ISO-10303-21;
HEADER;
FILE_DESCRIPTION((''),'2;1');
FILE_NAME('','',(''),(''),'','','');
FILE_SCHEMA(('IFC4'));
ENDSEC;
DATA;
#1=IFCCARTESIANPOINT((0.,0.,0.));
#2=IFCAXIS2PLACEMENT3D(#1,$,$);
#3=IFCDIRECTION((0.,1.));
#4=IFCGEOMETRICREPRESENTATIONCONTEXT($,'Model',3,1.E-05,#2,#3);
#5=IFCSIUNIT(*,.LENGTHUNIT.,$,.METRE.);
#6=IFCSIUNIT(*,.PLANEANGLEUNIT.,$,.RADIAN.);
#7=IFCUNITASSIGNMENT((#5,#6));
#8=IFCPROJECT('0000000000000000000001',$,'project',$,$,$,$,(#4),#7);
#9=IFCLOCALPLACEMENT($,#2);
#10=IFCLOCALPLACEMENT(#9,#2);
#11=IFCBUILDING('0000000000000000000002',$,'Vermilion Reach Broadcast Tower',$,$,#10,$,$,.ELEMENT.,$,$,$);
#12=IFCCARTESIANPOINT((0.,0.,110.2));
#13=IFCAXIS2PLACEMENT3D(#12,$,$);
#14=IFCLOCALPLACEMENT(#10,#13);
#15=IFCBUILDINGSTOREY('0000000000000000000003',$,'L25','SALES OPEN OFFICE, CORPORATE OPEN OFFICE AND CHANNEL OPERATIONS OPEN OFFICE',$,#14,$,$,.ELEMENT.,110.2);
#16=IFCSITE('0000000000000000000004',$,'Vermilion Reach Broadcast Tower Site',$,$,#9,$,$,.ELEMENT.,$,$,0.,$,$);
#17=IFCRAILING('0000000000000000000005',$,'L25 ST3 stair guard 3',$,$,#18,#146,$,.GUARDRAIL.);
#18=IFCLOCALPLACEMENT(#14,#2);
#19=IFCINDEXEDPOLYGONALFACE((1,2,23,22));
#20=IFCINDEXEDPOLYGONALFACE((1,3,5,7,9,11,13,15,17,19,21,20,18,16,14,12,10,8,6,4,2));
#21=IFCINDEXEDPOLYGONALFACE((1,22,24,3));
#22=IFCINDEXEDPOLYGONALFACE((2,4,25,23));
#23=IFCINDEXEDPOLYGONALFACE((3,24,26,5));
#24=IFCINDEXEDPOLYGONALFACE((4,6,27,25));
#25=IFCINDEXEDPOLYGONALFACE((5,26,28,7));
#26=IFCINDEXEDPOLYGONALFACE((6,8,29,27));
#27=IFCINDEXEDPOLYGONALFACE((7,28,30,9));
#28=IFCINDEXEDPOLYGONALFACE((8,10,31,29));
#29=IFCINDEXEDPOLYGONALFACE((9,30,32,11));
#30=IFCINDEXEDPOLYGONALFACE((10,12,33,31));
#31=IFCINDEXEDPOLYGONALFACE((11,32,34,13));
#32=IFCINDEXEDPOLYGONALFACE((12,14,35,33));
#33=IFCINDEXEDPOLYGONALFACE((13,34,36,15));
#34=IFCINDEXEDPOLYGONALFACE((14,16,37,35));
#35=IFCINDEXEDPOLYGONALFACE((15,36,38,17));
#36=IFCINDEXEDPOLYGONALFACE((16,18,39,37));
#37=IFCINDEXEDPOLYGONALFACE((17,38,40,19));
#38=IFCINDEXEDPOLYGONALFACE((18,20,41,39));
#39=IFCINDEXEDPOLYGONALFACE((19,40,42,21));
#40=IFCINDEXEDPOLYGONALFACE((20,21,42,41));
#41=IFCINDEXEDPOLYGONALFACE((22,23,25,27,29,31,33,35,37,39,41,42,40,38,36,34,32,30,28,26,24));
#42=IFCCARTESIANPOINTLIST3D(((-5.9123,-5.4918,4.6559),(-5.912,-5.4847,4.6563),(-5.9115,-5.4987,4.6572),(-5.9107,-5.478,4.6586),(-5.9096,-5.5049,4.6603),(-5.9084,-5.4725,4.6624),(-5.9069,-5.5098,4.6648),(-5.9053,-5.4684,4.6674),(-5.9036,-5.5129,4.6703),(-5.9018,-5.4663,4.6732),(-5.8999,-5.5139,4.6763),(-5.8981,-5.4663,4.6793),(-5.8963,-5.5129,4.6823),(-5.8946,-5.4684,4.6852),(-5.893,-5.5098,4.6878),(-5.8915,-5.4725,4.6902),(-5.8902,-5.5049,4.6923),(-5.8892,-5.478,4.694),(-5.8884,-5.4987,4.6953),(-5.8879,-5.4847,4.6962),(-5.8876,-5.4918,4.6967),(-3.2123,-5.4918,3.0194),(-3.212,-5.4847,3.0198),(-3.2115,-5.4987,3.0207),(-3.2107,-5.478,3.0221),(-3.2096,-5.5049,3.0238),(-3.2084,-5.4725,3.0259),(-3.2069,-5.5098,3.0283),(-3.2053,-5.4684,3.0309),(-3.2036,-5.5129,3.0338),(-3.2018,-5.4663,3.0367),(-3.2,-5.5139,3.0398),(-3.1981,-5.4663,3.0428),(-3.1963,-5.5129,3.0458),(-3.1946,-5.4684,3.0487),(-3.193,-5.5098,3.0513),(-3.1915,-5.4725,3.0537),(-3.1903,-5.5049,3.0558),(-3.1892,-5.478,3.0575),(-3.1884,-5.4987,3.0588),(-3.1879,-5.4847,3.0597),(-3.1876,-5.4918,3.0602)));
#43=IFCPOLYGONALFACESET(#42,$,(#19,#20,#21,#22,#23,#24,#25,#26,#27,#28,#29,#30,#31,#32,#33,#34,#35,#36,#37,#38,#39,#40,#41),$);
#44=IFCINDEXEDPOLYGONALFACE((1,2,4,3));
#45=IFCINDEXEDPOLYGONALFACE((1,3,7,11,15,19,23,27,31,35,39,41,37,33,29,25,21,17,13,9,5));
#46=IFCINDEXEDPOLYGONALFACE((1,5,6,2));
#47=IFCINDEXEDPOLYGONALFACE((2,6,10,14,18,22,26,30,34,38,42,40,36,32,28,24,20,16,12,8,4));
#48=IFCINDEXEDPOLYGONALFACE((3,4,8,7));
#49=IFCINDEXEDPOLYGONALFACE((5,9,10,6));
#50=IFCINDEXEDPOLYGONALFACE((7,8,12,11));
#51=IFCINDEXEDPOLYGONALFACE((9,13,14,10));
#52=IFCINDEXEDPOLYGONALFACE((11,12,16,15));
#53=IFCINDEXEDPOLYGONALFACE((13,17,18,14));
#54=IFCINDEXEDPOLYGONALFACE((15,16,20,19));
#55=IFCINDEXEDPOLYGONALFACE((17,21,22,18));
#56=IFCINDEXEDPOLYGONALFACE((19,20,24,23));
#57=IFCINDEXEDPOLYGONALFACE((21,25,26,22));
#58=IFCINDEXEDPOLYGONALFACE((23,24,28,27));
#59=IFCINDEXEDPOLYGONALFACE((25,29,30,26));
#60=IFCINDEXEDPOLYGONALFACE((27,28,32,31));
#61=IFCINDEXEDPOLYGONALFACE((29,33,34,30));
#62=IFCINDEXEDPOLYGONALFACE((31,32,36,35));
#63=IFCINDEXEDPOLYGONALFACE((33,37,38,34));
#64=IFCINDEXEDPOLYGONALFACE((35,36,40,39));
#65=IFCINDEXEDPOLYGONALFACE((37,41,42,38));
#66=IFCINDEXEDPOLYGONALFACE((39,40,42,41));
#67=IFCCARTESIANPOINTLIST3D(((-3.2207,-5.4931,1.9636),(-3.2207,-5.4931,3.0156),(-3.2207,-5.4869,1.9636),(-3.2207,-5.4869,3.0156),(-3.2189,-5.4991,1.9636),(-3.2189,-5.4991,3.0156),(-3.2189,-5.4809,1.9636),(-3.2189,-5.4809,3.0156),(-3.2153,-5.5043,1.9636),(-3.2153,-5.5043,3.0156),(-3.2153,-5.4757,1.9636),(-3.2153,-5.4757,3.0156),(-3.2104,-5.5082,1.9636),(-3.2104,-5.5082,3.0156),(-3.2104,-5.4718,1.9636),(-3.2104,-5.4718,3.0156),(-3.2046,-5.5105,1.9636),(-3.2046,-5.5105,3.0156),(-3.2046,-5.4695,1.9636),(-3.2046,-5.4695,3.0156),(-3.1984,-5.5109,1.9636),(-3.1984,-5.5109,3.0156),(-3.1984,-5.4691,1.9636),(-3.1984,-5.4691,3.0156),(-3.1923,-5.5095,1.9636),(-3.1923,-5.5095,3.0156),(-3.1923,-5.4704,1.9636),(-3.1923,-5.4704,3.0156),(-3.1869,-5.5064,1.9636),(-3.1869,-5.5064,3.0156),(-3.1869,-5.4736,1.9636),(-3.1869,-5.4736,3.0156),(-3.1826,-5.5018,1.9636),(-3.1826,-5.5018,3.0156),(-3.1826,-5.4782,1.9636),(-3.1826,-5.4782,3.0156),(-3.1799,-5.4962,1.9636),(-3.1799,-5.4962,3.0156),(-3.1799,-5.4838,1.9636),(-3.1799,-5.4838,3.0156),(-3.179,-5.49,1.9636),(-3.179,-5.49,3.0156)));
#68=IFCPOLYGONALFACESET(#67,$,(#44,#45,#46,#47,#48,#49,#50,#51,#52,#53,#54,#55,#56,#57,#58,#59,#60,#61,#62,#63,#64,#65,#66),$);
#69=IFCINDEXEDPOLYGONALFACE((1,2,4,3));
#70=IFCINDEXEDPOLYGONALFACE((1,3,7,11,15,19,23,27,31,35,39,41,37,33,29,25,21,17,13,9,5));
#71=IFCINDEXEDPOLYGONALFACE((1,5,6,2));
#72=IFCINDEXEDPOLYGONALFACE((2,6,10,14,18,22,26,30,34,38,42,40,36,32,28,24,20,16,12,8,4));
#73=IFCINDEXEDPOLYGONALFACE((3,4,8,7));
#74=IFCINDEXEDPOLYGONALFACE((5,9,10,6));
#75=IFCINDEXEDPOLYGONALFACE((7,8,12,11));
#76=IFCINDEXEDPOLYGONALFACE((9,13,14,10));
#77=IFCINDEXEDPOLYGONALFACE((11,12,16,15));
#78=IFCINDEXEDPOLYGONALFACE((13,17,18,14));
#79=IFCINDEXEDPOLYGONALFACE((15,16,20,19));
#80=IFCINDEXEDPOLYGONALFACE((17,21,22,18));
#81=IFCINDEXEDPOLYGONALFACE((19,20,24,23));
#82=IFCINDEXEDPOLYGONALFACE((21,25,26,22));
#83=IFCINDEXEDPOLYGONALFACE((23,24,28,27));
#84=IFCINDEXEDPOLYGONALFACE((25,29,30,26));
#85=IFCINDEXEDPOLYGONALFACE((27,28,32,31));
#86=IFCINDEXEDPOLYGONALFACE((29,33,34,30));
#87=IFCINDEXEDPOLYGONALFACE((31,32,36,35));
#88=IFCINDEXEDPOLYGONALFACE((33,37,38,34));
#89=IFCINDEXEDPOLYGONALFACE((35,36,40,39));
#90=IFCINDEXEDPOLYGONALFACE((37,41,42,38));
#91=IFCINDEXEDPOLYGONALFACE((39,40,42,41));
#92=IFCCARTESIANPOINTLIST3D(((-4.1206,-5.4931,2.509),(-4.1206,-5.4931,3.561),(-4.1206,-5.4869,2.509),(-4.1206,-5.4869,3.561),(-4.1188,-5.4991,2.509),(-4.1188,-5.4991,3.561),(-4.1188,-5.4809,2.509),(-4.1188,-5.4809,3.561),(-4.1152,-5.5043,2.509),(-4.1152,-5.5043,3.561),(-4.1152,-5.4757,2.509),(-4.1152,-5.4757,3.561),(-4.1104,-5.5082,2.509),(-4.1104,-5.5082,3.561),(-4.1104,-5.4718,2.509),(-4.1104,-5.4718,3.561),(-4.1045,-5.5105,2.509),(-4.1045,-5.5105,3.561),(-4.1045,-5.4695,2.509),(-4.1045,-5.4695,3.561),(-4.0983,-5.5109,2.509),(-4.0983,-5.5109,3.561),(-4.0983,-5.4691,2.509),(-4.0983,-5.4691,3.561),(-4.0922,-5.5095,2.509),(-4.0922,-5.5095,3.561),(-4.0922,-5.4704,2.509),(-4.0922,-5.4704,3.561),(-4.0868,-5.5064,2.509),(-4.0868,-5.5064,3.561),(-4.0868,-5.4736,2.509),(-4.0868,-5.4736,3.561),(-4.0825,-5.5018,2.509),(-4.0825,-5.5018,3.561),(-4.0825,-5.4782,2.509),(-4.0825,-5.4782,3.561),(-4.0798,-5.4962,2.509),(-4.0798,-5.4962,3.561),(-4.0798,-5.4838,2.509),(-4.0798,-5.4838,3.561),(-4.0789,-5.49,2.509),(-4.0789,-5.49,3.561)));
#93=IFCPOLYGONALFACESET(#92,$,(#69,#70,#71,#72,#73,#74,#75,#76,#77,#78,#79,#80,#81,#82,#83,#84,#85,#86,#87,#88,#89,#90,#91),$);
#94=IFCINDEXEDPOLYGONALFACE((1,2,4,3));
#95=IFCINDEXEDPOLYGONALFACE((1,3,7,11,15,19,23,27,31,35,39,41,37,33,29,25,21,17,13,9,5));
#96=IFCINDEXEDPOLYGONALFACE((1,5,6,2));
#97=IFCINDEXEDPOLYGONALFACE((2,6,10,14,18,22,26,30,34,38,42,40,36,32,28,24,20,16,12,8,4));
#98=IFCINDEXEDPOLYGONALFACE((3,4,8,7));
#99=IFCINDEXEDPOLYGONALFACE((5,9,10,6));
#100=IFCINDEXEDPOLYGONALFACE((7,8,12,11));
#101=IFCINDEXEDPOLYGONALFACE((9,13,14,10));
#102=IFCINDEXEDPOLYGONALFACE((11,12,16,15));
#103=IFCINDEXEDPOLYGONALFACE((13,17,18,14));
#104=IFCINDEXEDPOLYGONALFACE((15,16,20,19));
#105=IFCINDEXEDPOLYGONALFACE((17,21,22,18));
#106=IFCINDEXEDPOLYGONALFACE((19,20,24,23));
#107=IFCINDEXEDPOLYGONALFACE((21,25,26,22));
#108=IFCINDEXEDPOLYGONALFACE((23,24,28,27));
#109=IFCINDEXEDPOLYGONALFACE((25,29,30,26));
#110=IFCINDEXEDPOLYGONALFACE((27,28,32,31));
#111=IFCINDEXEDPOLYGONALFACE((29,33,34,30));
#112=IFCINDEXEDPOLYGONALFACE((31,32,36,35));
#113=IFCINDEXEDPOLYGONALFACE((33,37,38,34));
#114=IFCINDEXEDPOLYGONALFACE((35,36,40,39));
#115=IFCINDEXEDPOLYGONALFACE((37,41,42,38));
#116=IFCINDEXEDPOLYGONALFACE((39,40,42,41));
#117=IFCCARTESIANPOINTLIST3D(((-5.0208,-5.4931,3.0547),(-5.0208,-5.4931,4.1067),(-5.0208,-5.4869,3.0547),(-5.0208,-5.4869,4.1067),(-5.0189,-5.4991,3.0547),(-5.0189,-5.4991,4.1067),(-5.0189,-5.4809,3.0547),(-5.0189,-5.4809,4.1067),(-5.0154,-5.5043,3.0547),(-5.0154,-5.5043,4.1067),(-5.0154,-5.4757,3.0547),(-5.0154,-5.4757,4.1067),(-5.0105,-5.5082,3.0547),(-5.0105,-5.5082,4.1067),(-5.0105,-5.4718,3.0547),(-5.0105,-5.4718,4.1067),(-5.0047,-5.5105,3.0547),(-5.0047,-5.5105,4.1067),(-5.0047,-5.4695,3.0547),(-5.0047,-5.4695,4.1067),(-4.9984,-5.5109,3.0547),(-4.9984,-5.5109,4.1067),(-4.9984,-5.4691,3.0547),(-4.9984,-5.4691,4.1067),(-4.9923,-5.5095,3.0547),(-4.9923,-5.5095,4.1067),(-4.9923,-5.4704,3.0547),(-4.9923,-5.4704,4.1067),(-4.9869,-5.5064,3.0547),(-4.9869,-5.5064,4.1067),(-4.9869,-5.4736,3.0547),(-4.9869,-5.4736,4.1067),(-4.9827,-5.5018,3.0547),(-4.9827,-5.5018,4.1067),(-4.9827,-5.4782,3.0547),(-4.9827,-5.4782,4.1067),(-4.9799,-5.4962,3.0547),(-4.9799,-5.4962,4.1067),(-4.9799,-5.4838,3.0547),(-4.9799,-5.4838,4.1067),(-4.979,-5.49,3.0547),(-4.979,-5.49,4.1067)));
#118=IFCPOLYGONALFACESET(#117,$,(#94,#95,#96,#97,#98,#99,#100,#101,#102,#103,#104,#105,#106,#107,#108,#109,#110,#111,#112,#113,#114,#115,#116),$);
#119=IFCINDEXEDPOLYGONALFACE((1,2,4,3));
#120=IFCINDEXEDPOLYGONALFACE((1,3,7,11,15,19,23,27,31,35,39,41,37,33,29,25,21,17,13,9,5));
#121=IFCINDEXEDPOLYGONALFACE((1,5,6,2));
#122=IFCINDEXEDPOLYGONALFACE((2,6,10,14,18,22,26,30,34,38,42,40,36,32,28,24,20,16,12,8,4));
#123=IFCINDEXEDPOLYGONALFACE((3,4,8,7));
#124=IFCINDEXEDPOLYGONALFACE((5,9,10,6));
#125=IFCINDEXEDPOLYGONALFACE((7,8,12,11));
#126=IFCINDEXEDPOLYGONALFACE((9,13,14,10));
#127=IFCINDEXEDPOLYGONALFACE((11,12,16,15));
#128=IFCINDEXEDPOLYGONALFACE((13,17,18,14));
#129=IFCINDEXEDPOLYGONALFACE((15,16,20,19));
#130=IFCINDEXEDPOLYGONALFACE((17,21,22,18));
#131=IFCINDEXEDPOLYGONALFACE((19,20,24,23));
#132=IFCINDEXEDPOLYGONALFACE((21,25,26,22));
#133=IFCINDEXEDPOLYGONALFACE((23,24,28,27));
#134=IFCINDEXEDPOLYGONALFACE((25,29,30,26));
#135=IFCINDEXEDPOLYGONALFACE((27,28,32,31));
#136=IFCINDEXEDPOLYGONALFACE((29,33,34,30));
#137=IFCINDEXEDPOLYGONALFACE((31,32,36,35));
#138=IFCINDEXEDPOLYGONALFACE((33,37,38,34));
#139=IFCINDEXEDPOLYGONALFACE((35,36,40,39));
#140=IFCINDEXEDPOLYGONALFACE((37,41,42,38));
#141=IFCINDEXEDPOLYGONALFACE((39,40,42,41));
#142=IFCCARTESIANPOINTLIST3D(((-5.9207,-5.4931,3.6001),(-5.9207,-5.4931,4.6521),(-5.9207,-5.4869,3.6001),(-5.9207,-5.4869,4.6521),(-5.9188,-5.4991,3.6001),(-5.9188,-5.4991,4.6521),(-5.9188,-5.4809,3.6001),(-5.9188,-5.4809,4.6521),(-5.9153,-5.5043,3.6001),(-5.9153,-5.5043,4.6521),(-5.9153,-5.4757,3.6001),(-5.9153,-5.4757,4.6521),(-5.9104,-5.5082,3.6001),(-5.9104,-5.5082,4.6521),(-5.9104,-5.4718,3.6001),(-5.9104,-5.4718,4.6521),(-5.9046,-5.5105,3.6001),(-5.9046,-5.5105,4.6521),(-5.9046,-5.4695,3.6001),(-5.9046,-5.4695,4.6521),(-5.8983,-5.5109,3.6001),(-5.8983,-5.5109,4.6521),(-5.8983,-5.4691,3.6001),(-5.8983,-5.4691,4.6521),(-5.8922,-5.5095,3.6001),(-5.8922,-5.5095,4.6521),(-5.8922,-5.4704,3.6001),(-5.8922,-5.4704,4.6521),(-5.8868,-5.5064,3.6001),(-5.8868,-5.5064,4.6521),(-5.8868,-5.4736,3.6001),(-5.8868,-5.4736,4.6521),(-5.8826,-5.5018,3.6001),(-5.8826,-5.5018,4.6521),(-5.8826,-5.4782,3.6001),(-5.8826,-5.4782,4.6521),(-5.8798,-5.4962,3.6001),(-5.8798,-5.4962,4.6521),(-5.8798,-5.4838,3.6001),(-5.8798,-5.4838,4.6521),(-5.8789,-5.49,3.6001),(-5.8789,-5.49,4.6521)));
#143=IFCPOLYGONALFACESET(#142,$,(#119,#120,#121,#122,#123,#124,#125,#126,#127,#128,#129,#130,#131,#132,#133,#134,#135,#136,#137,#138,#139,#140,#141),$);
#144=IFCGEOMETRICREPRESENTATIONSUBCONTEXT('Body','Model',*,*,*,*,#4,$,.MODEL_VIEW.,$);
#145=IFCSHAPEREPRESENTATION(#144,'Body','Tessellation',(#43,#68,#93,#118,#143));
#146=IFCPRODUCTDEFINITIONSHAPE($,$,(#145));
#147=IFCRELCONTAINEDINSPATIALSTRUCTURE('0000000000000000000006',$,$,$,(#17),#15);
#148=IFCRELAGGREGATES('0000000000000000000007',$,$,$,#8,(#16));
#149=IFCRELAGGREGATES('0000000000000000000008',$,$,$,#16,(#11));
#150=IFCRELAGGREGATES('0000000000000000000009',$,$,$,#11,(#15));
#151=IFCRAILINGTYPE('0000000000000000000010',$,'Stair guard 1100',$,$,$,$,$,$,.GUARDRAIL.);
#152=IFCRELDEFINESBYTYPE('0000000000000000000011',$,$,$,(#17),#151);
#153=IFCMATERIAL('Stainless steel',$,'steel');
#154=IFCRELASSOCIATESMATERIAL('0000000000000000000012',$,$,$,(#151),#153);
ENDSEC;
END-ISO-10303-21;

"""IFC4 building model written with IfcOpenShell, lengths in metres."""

from ifc_helpers import new_model, si_unit, direction, frame, origin, origin_2d, place, context, subcontext, project, spatial, circle, extrude, material, type_object, element, save


model = new_model("IFC4")

# Units and contexts
model_context = context("Model", 3, precision=1e-05, world=origin(), true_north=direction((0.0, 1.0)))
body_context = subcontext(model_context, "Body", "Model", "MODEL_VIEW")
ifc_project = project(units=[si_unit("LENGTHUNIT", "METRE"), si_unit("PLANEANGLEUNIT", "RADIAN")], contexts=[model_context])

# Site, building, storey
site_placement = place(None, origin())
site = spatial("IfcSite", under=ifc_project, at=site_placement, Name="Vermilion Reach Broadcast Tower Site", CompositionType="ELEMENT", RefElevation=0.0)
building_placement = place(site_placement, origin())
building = spatial("IfcBuilding", under=site, at=building_placement, Name="Vermilion Reach Broadcast Tower", CompositionType="ELEMENT")
storey_placement = place(building_placement, frame((0.0, 0.0, 110.2)))
storey = spatial("IfcBuildingStorey", under=building, at=storey_placement, Name="L25", Description="SALES OPEN OFFICE, CORPORATE OPEN OFFICE AND CHANNEL OPERATIONS OPEN OFFICE", CompositionType="ELEMENT", Elevation=110.2)

# Railing
ifc_material_1 = material(Name="Stainless steel", Category="steel")
railing_type_1 = type_object("IfcRailingType", Name="Stair guard 1100", PredefinedType="GUARDRAIL", material=ifc_material_1)
railing_1_placement = place(storey_placement, frame((-3.2, -5.49, 1.9636)))
element("IfcRailing", 1, at=railing_1_placement, inside=storey, type_object=railing_type_1, Name="L25 ST3 stair guard 3", PredefinedType="GUARDRAIL", context=body_context, shape_type="SweptSolid", body=[
    extrude(circle(Radius=0.0239, at=origin_2d()), frame((0.0, 0.0, 1.0762), z_axis=(-0.855178, 0.0, 0.518334), x_axis=(0.0, -1.0, 0.0)), (0.0, 0.0, 1.0), 3.1572),
    extrude(circle(Radius=0.021, at=origin_2d()), origin(), (0.0, 0.0, 1.0), 1.052),
    extrude(circle(Radius=0.021, at=origin_2d()), frame((-0.8999, 0.0, 0.5454)), (0.0, 0.0, 1.0), 1.052),
    extrude(circle(Radius=0.021, at=origin_2d()), frame((-1.8, 0.0, 1.0911)), (0.0, 0.0, 1.0), 1.052),
    extrude(circle(Radius=0.021, at=origin_2d()), frame((-2.7, 0.0, 1.6365)), (0.0, 0.0, 1.0), 1.052),
])

save(model, "model.ifc")
